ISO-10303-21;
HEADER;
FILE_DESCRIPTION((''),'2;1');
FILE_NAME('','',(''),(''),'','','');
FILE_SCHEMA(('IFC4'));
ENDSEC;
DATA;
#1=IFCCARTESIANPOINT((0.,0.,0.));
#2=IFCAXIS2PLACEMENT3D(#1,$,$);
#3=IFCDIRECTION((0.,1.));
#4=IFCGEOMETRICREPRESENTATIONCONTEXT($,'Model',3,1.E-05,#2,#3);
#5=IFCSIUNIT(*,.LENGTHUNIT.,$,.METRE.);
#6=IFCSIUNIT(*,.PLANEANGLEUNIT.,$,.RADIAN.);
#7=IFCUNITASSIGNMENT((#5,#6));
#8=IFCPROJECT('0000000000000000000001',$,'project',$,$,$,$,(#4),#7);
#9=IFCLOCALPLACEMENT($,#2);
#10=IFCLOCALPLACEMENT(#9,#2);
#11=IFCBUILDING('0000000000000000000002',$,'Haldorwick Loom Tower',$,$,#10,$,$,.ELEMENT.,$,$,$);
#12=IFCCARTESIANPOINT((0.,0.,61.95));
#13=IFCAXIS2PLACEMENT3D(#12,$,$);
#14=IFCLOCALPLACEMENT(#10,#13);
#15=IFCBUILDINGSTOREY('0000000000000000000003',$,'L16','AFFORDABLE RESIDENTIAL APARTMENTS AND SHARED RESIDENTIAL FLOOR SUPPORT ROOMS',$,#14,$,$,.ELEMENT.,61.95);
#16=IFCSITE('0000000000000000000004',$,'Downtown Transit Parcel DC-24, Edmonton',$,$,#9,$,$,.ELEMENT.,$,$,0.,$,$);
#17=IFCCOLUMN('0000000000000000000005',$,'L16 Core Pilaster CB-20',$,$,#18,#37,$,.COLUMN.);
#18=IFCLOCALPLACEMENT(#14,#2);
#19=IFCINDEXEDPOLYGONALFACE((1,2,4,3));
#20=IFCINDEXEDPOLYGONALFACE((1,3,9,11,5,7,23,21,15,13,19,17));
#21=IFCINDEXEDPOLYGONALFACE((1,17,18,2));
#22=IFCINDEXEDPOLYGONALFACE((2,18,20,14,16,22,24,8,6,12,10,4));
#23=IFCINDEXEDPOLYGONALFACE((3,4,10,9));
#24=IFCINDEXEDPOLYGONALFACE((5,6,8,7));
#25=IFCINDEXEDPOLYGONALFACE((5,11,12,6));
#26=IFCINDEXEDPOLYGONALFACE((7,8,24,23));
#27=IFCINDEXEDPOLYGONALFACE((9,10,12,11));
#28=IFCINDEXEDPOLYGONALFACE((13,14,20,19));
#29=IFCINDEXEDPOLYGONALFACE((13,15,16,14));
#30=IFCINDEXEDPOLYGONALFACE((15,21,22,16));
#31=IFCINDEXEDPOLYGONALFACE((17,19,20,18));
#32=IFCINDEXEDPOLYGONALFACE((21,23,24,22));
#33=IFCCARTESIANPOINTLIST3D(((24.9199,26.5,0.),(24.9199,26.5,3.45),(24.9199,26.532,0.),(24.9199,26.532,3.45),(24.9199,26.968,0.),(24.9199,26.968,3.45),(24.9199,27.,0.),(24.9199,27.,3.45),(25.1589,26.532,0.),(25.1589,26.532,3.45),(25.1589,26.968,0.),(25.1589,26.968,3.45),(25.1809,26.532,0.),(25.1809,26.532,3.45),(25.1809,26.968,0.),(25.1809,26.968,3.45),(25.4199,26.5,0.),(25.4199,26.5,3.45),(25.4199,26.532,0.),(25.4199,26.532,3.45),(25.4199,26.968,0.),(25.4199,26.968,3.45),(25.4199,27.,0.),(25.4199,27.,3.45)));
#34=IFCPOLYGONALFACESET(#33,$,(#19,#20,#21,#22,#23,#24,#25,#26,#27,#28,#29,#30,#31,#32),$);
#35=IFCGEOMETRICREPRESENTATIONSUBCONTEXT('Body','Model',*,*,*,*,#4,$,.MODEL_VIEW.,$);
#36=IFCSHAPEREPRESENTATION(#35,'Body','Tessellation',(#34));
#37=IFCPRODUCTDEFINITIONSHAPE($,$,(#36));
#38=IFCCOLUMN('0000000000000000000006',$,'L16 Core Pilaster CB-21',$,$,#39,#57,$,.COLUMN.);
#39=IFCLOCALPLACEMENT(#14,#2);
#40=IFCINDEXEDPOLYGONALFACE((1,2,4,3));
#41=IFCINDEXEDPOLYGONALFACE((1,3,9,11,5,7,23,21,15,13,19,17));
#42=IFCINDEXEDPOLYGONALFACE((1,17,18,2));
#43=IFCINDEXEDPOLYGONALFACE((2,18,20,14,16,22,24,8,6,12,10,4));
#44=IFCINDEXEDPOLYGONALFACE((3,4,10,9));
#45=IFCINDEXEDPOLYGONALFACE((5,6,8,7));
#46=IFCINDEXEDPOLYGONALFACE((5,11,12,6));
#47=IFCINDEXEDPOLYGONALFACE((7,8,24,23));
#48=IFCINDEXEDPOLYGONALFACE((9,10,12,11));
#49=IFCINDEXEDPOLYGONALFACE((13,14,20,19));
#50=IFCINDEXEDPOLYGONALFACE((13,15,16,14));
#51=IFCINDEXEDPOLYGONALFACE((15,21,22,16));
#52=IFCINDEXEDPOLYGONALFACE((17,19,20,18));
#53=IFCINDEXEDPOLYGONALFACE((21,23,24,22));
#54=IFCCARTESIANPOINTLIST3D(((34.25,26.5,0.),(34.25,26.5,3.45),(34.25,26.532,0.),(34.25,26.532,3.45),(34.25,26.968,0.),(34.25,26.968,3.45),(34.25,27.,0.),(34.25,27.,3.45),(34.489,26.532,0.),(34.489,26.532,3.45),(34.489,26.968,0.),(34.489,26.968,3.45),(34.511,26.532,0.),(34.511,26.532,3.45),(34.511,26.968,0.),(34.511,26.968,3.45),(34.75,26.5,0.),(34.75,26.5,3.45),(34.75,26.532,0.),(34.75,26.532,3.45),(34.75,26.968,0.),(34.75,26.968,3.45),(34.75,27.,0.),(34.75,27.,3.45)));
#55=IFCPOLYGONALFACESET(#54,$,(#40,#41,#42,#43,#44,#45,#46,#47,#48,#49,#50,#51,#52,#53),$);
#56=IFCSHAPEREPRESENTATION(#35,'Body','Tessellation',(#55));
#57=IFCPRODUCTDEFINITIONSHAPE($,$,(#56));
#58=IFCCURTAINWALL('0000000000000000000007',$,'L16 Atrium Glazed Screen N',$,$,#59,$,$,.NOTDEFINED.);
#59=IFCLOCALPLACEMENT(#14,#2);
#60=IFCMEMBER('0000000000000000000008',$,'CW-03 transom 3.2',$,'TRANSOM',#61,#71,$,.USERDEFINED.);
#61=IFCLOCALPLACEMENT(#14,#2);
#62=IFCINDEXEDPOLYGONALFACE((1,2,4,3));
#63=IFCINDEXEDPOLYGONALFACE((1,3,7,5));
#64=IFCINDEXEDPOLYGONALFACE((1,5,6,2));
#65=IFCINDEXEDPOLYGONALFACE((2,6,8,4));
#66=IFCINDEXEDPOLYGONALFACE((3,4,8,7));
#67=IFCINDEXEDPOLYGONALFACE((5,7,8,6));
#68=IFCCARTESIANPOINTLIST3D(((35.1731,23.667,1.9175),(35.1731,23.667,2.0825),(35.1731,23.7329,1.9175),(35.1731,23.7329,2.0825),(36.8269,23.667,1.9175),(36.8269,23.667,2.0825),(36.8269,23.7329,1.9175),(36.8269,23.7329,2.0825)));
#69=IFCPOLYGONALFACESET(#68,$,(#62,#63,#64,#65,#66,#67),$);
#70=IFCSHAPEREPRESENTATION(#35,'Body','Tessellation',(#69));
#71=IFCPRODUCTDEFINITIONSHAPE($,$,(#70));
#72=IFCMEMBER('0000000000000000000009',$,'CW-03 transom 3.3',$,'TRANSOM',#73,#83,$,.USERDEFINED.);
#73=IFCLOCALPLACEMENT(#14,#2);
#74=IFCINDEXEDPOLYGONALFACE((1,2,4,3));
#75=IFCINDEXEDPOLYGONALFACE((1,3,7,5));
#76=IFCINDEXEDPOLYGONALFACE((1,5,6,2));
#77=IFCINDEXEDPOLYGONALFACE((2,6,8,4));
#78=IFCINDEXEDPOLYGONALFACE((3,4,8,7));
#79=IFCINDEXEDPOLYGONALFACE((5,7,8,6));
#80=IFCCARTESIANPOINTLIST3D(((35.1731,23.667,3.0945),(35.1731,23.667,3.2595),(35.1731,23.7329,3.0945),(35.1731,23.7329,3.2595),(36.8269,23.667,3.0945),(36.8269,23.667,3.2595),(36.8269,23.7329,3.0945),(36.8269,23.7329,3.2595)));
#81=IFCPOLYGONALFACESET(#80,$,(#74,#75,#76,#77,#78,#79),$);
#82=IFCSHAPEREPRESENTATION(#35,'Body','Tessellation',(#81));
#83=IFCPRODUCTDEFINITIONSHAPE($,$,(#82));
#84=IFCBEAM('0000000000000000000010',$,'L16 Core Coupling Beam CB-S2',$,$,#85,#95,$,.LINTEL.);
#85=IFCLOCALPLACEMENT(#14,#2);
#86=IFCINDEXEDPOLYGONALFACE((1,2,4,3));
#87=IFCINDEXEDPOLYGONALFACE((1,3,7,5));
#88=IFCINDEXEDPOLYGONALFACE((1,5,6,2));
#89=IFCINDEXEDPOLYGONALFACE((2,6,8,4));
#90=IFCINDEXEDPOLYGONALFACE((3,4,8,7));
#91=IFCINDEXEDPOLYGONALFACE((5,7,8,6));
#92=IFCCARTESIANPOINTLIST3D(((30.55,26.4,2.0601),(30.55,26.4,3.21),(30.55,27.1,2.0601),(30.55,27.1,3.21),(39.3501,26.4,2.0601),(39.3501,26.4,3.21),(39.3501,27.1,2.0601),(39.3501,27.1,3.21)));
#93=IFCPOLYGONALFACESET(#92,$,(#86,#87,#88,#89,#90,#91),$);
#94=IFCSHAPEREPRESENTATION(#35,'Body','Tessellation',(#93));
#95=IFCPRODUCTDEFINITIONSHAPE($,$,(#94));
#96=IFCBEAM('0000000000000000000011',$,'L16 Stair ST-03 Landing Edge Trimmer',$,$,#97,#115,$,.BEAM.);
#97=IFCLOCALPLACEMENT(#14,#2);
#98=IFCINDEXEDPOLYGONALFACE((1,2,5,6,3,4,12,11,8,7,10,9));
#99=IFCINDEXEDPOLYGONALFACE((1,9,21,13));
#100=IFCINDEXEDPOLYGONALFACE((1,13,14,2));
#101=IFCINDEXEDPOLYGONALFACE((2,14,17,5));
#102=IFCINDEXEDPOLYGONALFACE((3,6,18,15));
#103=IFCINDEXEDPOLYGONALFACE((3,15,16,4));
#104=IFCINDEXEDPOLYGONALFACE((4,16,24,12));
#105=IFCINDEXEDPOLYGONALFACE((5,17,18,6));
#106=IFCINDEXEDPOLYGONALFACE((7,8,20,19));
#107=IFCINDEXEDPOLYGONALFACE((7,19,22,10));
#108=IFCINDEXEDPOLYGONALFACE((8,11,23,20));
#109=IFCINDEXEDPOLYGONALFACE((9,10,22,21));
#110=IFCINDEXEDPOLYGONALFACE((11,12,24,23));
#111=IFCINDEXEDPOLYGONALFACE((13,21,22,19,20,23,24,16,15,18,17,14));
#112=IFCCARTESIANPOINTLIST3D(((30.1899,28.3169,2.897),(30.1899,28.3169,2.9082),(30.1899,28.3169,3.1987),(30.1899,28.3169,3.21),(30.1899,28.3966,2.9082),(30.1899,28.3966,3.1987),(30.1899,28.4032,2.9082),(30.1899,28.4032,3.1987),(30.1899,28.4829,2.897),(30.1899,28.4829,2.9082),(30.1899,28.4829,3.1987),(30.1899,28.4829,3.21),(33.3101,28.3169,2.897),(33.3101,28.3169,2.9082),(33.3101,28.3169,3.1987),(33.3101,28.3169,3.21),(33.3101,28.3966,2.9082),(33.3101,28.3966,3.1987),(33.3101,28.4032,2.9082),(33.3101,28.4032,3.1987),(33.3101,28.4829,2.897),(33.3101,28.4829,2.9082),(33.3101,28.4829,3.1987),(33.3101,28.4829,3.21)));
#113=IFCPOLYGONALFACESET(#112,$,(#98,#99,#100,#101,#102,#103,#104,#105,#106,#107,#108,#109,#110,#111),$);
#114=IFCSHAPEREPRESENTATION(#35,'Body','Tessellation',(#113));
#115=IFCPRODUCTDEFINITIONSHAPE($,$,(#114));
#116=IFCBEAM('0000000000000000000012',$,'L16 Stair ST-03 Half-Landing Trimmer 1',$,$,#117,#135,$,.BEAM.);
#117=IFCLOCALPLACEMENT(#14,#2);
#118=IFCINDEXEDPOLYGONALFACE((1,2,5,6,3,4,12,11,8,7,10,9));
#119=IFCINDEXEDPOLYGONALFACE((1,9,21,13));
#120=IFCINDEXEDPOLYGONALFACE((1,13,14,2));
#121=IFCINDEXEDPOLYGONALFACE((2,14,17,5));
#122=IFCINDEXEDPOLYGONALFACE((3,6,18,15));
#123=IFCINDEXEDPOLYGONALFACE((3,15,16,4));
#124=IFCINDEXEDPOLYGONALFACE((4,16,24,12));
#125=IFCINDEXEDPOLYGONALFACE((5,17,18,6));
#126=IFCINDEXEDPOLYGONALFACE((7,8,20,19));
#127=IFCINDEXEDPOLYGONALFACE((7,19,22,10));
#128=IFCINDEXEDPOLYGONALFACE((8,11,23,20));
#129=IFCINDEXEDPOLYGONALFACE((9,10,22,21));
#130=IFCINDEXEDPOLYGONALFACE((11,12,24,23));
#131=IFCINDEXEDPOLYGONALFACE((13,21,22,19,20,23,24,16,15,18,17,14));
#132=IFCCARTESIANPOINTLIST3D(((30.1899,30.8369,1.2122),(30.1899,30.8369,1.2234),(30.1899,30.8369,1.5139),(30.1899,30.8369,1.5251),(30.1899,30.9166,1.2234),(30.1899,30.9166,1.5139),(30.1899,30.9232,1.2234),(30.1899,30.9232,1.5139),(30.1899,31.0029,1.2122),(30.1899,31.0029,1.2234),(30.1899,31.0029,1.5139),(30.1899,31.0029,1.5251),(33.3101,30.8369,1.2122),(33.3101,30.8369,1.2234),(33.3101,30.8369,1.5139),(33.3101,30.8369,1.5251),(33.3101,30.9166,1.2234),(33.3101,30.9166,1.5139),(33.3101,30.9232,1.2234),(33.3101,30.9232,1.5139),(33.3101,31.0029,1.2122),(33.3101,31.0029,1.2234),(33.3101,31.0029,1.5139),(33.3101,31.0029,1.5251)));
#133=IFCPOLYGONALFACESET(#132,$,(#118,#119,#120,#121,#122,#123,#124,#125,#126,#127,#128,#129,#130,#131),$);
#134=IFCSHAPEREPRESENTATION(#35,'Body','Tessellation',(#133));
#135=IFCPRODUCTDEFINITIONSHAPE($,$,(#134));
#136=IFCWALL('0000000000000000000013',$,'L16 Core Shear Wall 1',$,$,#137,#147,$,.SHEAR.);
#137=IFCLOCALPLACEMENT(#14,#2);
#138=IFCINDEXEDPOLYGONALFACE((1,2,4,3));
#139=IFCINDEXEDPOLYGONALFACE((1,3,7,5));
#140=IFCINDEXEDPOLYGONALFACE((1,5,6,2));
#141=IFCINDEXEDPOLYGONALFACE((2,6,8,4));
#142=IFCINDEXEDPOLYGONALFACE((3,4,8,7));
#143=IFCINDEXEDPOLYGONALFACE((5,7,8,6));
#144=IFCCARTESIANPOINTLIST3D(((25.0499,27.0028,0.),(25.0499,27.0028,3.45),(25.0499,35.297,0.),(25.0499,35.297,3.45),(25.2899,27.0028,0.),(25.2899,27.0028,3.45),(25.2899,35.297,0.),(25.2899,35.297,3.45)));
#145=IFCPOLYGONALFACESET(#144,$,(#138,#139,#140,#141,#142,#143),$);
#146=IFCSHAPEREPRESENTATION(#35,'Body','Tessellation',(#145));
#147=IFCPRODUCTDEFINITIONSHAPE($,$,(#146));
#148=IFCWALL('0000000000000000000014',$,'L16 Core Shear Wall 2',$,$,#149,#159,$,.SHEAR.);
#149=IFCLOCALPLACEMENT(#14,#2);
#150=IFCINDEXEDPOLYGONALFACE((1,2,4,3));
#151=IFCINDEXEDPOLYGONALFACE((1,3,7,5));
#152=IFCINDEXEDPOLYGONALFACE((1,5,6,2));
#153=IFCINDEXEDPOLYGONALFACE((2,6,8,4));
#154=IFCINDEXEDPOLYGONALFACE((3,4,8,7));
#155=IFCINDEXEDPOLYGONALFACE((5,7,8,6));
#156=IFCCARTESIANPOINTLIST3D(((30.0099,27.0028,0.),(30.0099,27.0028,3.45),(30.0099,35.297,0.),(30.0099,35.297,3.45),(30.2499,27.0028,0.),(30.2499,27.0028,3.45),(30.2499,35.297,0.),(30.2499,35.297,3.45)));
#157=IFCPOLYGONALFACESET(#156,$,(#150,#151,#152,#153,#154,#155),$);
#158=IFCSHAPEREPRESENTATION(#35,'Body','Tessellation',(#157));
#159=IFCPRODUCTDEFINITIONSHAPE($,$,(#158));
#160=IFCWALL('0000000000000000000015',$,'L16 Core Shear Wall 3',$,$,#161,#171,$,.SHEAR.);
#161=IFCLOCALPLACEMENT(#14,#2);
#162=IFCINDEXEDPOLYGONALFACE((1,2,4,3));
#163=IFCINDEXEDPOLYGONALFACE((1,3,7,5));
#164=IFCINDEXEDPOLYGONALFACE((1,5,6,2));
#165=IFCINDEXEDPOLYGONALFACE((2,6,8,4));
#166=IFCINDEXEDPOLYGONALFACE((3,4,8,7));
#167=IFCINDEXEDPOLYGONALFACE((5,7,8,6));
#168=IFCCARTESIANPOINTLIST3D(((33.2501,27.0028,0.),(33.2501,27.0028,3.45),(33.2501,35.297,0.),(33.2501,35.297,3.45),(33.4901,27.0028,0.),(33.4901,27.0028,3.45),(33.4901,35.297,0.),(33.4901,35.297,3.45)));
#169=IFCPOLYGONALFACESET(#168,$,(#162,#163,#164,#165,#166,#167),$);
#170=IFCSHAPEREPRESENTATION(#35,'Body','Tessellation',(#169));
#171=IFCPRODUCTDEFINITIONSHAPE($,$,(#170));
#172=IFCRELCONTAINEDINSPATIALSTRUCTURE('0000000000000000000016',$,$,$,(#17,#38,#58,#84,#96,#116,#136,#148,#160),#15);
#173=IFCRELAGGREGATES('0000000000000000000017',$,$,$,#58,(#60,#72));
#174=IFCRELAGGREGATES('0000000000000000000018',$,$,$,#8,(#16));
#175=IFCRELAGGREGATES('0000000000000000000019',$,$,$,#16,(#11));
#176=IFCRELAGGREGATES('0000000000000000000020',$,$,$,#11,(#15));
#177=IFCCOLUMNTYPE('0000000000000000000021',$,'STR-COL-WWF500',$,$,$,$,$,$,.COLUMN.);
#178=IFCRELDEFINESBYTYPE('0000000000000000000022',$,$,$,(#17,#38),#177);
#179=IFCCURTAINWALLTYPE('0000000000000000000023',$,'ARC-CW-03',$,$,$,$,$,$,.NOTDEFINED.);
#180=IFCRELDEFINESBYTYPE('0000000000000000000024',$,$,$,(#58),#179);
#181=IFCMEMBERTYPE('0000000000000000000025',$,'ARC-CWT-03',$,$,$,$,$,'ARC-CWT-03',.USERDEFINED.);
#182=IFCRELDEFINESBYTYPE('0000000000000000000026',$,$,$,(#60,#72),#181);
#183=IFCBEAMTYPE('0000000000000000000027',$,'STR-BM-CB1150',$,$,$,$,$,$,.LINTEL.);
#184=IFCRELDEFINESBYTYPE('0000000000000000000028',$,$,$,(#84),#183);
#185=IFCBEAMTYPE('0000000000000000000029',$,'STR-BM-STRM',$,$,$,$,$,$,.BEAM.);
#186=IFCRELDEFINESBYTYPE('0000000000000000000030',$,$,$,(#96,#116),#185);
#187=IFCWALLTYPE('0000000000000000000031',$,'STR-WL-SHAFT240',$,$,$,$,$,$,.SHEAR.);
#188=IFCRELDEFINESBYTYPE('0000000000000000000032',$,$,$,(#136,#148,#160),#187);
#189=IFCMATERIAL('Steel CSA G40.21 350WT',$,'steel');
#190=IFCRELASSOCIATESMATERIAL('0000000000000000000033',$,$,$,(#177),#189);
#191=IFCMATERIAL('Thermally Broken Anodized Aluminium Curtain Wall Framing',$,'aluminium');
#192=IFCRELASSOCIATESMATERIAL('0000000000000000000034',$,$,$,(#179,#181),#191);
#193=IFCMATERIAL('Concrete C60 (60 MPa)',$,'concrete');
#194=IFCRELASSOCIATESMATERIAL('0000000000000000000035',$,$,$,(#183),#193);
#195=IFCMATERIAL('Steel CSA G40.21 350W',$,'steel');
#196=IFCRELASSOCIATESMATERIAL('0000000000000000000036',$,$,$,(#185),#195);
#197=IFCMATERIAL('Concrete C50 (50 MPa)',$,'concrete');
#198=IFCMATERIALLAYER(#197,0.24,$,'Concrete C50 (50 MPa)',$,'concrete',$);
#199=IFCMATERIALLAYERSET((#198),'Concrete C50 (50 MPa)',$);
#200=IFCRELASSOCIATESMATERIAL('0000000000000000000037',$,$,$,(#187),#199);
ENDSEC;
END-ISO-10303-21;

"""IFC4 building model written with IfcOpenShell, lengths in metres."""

from ifc_helpers import new_model, si_unit, direction, frame, frame_2d, origin, origin_2d, place, context, subcontext, project, spatial, rectangle, i_section, extrude, material, layer, layer_set, material_profile, profile_set, type_object, element, aggregate, save


model = new_model("IFC4")

# Units and contexts
model_context = context("Model", 3, precision=1e-05, world=origin(), true_north=direction((0.0, 1.0)))
body_context = subcontext(model_context, "Body", "Model", "MODEL_VIEW")
ifc_project = project(units=[si_unit("LENGTHUNIT", "METRE"), si_unit("PLANEANGLEUNIT", "RADIAN")], contexts=[model_context])

# Site, building, storey
site_placement = place(None, origin())
site = spatial("IfcSite", under=ifc_project, at=site_placement, Name="Downtown Transit Parcel DC-24, Edmonton", CompositionType="ELEMENT", RefElevation=0.0)
building_placement = place(site_placement, origin())
building = spatial("IfcBuilding", under=site, at=building_placement, Name="Haldorwick Loom Tower", CompositionType="ELEMENT")
storey_placement = place(building_placement, frame((0.0, 0.0, 61.95)))
storey = spatial("IfcBuildingStorey", under=building, at=storey_placement, Name="L16", Description="AFFORDABLE RESIDENTIAL APARTMENTS AND SHARED RESIDENTIAL FLOOR SUPPORT ROOMS", CompositionType="ELEMENT", Elevation=61.95)

# Columns
ifc_material_1 = material(Name="Steel CSA G40.21 350WT", Category="steel")
ifc_material_profile_1 = material_profile(ifc_material_1, i_section(OverallWidth=0.5, OverallDepth=0.5, WebThickness=0.022, FlangeThickness=0.032, at=origin_2d()), Name="WWF500X500", Category="steel")
ifc_profile_set_1 = profile_set([ifc_material_profile_1], Name="Steel CSA G40.21 350WT")
column_type = type_object("IfcColumnType", Name="STR-COL-WWF500", PredefinedType="COLUMN", material=ifc_profile_set_1)
for number, where, z_axis, x_axis, name in (
    (1, (25.1699, 26.75, 0.0), (0.0, 0.0, 1.0), (1.0, 0.0, 0.0), "L16 Core Pilaster CB-20"),
    (2, (34.5, 26.75, 0.0), (0.0, 0.0, 1.0), (1.0, 0.0, 0.0), "L16 Core Pilaster CB-21"),
):
    element("IfcColumn", number, at=place(storey_placement, frame(where, z_axis=z_axis, x_axis=x_axis)), inside=storey, type_object=column_type, Name=name, PredefinedType="COLUMN", context=body_context, shape_type="SweptSolid", body=[
        extrude(i_section(OverallWidth=0.5, OverallDepth=0.5, WebThickness=0.022, FlangeThickness=0.032, at=origin_2d()), origin(), (0.0, 0.0, 1.0), 3.45),
    ])

# Curtain wall, members
ifc_material_2 = material(Name="Thermally Broken Anodized Aluminium Curtain Wall Framing", Category="aluminium")
curtain_wall_type = type_object("IfcCurtainWallType", Name="ARC-CW-03", PredefinedType="NOTDEFINED", material=ifc_material_2)
curtain_wall_placement = place(storey_placement, origin())
curtain_wall = element("IfcCurtainWall", 3, at=curtain_wall_placement, inside=storey, type_object=curtain_wall_type, Name="L16 Atrium Glazed Screen N", PredefinedType="NOTDEFINED")
ifc_material_profile_2 = material_profile(ifc_material_2, rectangle(XDim=0.0659, YDim=0.165, at=origin_2d()), Name="ALU_TRN_66X165", Category="aluminium")
ifc_profile_set_2 = profile_set([ifc_material_profile_2], Name="Thermally Broken Anodized Aluminium Curtain Wall Framing")
member_type = type_object("IfcMemberType", Name="ARC-CWT-03", ElementType="ARC-CWT-03", PredefinedType="USERDEFINED", material=ifc_profile_set_2)
member_1_placement = place(storey_placement, frame((35.1731, 23.7, 2.0), z_axis=(1.0, 0.0, 0.0), x_axis=(0.0, 1.0, 0.0)))
member_1 = element("IfcMember", 4, at=member_1_placement, type_object=member_type, Name="CW-03 transom 3.2", ObjectType="TRANSOM", PredefinedType="USERDEFINED", context=body_context, shape_type="SweptSolid", body=[
    extrude(rectangle(XDim=0.0659, YDim=0.165, at=origin_2d()), origin(), (0.0, 0.0, 1.0), 1.6538),
])
member_2_placement = place(storey_placement, frame((35.1731, 23.7, 3.177), z_axis=(1.0, 0.0, 0.0), x_axis=(0.0, 1.0, 0.0)))
member_2 = element("IfcMember", 5, at=member_2_placement, type_object=member_type, Name="CW-03 transom 3.3", ObjectType="TRANSOM", PredefinedType="USERDEFINED", context=body_context, shape_type="SweptSolid", body=[
    extrude(rectangle(XDim=0.0659, YDim=0.165, at=origin_2d()), origin(), (0.0, 0.0, 1.0), 1.6538),
])
aggregate(curtain_wall, [member_1, member_2])

# Beams
ifc_material_3 = material(Name="Concrete C60 (60 MPa)", Category="concrete")
ifc_material_profile_3 = material_profile(ifc_material_3, rectangle(XDim=0.7, YDim=1.1499, at=origin_2d()), Name="RC700X1150", Category="concrete")
ifc_profile_set_3 = profile_set([ifc_material_profile_3], Name="Concrete C60 (60 MPa)")
beam_type_1 = type_object("IfcBeamType", Name="STR-BM-CB1150", PredefinedType="LINTEL", material=ifc_profile_set_3)
beam_placement = place(storey_placement, frame((30.55, 26.75, 2.635), z_axis=(1.0, 0.0, 0.0), x_axis=(0.0, 1.0, 0.0)))
element("IfcBeam", 6, at=beam_placement, inside=storey, type_object=beam_type_1, Name="L16 Core Coupling Beam CB-S2", PredefinedType="LINTEL", context=body_context, shape_type="SweptSolid", body=[
    extrude(rectangle(XDim=0.7, YDim=1.1499, at=origin_2d()), origin(), (0.0, 0.0, 1.0), 8.8),
])
ifc_material_4 = material(Name="Steel CSA G40.21 350W", Category="steel")
ifc_material_profile_4 = material_profile(ifc_material_4, i_section(OverallWidth=0.166, OverallDepth=0.313, WebThickness=0.0066, FlangeThickness=0.0112, at=origin_2d()), Name="W310X45", Category="steel")
ifc_profile_set_4 = profile_set([ifc_material_profile_4], Name="Steel CSA G40.21 350W")
beam_type_2 = type_object("IfcBeamType", Name="STR-BM-STRM", PredefinedType="BEAM", material=ifc_profile_set_4)
for number, where, z_axis, x_axis, name in (
    (7, (30.1899, 28.3999, 3.0535), (1.0, 0.0, 0.0), (0.0, 1.0, 0.0), "L16 Stair ST-03 Landing Edge Trimmer"),
    (8, (30.1899, 30.9199, 1.3687), (1.0, 0.0, 0.0), (0.0, 1.0, 0.0), "L16 Stair ST-03 Half-Landing Trimmer 1"),
):
    element("IfcBeam", number, at=place(storey_placement, frame(where, z_axis=z_axis, x_axis=x_axis)), inside=storey, type_object=beam_type_2, Name=name, PredefinedType="BEAM", context=body_context, shape_type="SweptSolid", body=[
        extrude(i_section(OverallWidth=0.166, OverallDepth=0.313, WebThickness=0.0066, FlangeThickness=0.0112, at=origin_2d()), origin(), (0.0, 0.0, 1.0), 3.1201),
    ])

# Walls
ifc_material_5 = material(Name="Concrete C50 (50 MPa)", Category="concrete")
ifc_layer = layer(ifc_material_5, 0.24, Name="Concrete C50 (50 MPa)", Category="concrete")
ifc_layer_set = layer_set([ifc_layer], Name="Concrete C50 (50 MPa)")
wall_type = type_object("IfcWallType", Name="STR-WL-SHAFT240", PredefinedType="SHEAR", material=ifc_layer_set)
for number, where, z_axis, x_axis, name in (
    (9, (25.1699, 27.0029, 0.0), (0.0, 0.0, 1.0), (0.0, 1.0, 0.0), "L16 Core Shear Wall 1"),
    (10, (30.1299, 27.0029, 0.0), (0.0, 0.0, 1.0), (0.0, 1.0, 0.0), "L16 Core Shear Wall 2"),
    (11, (33.3701, 27.0029, 0.0), (0.0, 0.0, 1.0), (0.0, 1.0, 0.0), "L16 Core Shear Wall 3"),
):
    element("IfcWall", number, at=place(storey_placement, frame(where, z_axis=z_axis, x_axis=x_axis)), inside=storey, type_object=wall_type, Name=name, PredefinedType="SHEAR", context=body_context, shape_type="SweptSolid", body=[
        extrude(rectangle(XDim=8.2942, YDim=0.24, at=frame_2d((4.147, 0.0))), origin(), (0.0, 0.0, 1.0), 3.45),
    ])

save(model, "model.ifc")
